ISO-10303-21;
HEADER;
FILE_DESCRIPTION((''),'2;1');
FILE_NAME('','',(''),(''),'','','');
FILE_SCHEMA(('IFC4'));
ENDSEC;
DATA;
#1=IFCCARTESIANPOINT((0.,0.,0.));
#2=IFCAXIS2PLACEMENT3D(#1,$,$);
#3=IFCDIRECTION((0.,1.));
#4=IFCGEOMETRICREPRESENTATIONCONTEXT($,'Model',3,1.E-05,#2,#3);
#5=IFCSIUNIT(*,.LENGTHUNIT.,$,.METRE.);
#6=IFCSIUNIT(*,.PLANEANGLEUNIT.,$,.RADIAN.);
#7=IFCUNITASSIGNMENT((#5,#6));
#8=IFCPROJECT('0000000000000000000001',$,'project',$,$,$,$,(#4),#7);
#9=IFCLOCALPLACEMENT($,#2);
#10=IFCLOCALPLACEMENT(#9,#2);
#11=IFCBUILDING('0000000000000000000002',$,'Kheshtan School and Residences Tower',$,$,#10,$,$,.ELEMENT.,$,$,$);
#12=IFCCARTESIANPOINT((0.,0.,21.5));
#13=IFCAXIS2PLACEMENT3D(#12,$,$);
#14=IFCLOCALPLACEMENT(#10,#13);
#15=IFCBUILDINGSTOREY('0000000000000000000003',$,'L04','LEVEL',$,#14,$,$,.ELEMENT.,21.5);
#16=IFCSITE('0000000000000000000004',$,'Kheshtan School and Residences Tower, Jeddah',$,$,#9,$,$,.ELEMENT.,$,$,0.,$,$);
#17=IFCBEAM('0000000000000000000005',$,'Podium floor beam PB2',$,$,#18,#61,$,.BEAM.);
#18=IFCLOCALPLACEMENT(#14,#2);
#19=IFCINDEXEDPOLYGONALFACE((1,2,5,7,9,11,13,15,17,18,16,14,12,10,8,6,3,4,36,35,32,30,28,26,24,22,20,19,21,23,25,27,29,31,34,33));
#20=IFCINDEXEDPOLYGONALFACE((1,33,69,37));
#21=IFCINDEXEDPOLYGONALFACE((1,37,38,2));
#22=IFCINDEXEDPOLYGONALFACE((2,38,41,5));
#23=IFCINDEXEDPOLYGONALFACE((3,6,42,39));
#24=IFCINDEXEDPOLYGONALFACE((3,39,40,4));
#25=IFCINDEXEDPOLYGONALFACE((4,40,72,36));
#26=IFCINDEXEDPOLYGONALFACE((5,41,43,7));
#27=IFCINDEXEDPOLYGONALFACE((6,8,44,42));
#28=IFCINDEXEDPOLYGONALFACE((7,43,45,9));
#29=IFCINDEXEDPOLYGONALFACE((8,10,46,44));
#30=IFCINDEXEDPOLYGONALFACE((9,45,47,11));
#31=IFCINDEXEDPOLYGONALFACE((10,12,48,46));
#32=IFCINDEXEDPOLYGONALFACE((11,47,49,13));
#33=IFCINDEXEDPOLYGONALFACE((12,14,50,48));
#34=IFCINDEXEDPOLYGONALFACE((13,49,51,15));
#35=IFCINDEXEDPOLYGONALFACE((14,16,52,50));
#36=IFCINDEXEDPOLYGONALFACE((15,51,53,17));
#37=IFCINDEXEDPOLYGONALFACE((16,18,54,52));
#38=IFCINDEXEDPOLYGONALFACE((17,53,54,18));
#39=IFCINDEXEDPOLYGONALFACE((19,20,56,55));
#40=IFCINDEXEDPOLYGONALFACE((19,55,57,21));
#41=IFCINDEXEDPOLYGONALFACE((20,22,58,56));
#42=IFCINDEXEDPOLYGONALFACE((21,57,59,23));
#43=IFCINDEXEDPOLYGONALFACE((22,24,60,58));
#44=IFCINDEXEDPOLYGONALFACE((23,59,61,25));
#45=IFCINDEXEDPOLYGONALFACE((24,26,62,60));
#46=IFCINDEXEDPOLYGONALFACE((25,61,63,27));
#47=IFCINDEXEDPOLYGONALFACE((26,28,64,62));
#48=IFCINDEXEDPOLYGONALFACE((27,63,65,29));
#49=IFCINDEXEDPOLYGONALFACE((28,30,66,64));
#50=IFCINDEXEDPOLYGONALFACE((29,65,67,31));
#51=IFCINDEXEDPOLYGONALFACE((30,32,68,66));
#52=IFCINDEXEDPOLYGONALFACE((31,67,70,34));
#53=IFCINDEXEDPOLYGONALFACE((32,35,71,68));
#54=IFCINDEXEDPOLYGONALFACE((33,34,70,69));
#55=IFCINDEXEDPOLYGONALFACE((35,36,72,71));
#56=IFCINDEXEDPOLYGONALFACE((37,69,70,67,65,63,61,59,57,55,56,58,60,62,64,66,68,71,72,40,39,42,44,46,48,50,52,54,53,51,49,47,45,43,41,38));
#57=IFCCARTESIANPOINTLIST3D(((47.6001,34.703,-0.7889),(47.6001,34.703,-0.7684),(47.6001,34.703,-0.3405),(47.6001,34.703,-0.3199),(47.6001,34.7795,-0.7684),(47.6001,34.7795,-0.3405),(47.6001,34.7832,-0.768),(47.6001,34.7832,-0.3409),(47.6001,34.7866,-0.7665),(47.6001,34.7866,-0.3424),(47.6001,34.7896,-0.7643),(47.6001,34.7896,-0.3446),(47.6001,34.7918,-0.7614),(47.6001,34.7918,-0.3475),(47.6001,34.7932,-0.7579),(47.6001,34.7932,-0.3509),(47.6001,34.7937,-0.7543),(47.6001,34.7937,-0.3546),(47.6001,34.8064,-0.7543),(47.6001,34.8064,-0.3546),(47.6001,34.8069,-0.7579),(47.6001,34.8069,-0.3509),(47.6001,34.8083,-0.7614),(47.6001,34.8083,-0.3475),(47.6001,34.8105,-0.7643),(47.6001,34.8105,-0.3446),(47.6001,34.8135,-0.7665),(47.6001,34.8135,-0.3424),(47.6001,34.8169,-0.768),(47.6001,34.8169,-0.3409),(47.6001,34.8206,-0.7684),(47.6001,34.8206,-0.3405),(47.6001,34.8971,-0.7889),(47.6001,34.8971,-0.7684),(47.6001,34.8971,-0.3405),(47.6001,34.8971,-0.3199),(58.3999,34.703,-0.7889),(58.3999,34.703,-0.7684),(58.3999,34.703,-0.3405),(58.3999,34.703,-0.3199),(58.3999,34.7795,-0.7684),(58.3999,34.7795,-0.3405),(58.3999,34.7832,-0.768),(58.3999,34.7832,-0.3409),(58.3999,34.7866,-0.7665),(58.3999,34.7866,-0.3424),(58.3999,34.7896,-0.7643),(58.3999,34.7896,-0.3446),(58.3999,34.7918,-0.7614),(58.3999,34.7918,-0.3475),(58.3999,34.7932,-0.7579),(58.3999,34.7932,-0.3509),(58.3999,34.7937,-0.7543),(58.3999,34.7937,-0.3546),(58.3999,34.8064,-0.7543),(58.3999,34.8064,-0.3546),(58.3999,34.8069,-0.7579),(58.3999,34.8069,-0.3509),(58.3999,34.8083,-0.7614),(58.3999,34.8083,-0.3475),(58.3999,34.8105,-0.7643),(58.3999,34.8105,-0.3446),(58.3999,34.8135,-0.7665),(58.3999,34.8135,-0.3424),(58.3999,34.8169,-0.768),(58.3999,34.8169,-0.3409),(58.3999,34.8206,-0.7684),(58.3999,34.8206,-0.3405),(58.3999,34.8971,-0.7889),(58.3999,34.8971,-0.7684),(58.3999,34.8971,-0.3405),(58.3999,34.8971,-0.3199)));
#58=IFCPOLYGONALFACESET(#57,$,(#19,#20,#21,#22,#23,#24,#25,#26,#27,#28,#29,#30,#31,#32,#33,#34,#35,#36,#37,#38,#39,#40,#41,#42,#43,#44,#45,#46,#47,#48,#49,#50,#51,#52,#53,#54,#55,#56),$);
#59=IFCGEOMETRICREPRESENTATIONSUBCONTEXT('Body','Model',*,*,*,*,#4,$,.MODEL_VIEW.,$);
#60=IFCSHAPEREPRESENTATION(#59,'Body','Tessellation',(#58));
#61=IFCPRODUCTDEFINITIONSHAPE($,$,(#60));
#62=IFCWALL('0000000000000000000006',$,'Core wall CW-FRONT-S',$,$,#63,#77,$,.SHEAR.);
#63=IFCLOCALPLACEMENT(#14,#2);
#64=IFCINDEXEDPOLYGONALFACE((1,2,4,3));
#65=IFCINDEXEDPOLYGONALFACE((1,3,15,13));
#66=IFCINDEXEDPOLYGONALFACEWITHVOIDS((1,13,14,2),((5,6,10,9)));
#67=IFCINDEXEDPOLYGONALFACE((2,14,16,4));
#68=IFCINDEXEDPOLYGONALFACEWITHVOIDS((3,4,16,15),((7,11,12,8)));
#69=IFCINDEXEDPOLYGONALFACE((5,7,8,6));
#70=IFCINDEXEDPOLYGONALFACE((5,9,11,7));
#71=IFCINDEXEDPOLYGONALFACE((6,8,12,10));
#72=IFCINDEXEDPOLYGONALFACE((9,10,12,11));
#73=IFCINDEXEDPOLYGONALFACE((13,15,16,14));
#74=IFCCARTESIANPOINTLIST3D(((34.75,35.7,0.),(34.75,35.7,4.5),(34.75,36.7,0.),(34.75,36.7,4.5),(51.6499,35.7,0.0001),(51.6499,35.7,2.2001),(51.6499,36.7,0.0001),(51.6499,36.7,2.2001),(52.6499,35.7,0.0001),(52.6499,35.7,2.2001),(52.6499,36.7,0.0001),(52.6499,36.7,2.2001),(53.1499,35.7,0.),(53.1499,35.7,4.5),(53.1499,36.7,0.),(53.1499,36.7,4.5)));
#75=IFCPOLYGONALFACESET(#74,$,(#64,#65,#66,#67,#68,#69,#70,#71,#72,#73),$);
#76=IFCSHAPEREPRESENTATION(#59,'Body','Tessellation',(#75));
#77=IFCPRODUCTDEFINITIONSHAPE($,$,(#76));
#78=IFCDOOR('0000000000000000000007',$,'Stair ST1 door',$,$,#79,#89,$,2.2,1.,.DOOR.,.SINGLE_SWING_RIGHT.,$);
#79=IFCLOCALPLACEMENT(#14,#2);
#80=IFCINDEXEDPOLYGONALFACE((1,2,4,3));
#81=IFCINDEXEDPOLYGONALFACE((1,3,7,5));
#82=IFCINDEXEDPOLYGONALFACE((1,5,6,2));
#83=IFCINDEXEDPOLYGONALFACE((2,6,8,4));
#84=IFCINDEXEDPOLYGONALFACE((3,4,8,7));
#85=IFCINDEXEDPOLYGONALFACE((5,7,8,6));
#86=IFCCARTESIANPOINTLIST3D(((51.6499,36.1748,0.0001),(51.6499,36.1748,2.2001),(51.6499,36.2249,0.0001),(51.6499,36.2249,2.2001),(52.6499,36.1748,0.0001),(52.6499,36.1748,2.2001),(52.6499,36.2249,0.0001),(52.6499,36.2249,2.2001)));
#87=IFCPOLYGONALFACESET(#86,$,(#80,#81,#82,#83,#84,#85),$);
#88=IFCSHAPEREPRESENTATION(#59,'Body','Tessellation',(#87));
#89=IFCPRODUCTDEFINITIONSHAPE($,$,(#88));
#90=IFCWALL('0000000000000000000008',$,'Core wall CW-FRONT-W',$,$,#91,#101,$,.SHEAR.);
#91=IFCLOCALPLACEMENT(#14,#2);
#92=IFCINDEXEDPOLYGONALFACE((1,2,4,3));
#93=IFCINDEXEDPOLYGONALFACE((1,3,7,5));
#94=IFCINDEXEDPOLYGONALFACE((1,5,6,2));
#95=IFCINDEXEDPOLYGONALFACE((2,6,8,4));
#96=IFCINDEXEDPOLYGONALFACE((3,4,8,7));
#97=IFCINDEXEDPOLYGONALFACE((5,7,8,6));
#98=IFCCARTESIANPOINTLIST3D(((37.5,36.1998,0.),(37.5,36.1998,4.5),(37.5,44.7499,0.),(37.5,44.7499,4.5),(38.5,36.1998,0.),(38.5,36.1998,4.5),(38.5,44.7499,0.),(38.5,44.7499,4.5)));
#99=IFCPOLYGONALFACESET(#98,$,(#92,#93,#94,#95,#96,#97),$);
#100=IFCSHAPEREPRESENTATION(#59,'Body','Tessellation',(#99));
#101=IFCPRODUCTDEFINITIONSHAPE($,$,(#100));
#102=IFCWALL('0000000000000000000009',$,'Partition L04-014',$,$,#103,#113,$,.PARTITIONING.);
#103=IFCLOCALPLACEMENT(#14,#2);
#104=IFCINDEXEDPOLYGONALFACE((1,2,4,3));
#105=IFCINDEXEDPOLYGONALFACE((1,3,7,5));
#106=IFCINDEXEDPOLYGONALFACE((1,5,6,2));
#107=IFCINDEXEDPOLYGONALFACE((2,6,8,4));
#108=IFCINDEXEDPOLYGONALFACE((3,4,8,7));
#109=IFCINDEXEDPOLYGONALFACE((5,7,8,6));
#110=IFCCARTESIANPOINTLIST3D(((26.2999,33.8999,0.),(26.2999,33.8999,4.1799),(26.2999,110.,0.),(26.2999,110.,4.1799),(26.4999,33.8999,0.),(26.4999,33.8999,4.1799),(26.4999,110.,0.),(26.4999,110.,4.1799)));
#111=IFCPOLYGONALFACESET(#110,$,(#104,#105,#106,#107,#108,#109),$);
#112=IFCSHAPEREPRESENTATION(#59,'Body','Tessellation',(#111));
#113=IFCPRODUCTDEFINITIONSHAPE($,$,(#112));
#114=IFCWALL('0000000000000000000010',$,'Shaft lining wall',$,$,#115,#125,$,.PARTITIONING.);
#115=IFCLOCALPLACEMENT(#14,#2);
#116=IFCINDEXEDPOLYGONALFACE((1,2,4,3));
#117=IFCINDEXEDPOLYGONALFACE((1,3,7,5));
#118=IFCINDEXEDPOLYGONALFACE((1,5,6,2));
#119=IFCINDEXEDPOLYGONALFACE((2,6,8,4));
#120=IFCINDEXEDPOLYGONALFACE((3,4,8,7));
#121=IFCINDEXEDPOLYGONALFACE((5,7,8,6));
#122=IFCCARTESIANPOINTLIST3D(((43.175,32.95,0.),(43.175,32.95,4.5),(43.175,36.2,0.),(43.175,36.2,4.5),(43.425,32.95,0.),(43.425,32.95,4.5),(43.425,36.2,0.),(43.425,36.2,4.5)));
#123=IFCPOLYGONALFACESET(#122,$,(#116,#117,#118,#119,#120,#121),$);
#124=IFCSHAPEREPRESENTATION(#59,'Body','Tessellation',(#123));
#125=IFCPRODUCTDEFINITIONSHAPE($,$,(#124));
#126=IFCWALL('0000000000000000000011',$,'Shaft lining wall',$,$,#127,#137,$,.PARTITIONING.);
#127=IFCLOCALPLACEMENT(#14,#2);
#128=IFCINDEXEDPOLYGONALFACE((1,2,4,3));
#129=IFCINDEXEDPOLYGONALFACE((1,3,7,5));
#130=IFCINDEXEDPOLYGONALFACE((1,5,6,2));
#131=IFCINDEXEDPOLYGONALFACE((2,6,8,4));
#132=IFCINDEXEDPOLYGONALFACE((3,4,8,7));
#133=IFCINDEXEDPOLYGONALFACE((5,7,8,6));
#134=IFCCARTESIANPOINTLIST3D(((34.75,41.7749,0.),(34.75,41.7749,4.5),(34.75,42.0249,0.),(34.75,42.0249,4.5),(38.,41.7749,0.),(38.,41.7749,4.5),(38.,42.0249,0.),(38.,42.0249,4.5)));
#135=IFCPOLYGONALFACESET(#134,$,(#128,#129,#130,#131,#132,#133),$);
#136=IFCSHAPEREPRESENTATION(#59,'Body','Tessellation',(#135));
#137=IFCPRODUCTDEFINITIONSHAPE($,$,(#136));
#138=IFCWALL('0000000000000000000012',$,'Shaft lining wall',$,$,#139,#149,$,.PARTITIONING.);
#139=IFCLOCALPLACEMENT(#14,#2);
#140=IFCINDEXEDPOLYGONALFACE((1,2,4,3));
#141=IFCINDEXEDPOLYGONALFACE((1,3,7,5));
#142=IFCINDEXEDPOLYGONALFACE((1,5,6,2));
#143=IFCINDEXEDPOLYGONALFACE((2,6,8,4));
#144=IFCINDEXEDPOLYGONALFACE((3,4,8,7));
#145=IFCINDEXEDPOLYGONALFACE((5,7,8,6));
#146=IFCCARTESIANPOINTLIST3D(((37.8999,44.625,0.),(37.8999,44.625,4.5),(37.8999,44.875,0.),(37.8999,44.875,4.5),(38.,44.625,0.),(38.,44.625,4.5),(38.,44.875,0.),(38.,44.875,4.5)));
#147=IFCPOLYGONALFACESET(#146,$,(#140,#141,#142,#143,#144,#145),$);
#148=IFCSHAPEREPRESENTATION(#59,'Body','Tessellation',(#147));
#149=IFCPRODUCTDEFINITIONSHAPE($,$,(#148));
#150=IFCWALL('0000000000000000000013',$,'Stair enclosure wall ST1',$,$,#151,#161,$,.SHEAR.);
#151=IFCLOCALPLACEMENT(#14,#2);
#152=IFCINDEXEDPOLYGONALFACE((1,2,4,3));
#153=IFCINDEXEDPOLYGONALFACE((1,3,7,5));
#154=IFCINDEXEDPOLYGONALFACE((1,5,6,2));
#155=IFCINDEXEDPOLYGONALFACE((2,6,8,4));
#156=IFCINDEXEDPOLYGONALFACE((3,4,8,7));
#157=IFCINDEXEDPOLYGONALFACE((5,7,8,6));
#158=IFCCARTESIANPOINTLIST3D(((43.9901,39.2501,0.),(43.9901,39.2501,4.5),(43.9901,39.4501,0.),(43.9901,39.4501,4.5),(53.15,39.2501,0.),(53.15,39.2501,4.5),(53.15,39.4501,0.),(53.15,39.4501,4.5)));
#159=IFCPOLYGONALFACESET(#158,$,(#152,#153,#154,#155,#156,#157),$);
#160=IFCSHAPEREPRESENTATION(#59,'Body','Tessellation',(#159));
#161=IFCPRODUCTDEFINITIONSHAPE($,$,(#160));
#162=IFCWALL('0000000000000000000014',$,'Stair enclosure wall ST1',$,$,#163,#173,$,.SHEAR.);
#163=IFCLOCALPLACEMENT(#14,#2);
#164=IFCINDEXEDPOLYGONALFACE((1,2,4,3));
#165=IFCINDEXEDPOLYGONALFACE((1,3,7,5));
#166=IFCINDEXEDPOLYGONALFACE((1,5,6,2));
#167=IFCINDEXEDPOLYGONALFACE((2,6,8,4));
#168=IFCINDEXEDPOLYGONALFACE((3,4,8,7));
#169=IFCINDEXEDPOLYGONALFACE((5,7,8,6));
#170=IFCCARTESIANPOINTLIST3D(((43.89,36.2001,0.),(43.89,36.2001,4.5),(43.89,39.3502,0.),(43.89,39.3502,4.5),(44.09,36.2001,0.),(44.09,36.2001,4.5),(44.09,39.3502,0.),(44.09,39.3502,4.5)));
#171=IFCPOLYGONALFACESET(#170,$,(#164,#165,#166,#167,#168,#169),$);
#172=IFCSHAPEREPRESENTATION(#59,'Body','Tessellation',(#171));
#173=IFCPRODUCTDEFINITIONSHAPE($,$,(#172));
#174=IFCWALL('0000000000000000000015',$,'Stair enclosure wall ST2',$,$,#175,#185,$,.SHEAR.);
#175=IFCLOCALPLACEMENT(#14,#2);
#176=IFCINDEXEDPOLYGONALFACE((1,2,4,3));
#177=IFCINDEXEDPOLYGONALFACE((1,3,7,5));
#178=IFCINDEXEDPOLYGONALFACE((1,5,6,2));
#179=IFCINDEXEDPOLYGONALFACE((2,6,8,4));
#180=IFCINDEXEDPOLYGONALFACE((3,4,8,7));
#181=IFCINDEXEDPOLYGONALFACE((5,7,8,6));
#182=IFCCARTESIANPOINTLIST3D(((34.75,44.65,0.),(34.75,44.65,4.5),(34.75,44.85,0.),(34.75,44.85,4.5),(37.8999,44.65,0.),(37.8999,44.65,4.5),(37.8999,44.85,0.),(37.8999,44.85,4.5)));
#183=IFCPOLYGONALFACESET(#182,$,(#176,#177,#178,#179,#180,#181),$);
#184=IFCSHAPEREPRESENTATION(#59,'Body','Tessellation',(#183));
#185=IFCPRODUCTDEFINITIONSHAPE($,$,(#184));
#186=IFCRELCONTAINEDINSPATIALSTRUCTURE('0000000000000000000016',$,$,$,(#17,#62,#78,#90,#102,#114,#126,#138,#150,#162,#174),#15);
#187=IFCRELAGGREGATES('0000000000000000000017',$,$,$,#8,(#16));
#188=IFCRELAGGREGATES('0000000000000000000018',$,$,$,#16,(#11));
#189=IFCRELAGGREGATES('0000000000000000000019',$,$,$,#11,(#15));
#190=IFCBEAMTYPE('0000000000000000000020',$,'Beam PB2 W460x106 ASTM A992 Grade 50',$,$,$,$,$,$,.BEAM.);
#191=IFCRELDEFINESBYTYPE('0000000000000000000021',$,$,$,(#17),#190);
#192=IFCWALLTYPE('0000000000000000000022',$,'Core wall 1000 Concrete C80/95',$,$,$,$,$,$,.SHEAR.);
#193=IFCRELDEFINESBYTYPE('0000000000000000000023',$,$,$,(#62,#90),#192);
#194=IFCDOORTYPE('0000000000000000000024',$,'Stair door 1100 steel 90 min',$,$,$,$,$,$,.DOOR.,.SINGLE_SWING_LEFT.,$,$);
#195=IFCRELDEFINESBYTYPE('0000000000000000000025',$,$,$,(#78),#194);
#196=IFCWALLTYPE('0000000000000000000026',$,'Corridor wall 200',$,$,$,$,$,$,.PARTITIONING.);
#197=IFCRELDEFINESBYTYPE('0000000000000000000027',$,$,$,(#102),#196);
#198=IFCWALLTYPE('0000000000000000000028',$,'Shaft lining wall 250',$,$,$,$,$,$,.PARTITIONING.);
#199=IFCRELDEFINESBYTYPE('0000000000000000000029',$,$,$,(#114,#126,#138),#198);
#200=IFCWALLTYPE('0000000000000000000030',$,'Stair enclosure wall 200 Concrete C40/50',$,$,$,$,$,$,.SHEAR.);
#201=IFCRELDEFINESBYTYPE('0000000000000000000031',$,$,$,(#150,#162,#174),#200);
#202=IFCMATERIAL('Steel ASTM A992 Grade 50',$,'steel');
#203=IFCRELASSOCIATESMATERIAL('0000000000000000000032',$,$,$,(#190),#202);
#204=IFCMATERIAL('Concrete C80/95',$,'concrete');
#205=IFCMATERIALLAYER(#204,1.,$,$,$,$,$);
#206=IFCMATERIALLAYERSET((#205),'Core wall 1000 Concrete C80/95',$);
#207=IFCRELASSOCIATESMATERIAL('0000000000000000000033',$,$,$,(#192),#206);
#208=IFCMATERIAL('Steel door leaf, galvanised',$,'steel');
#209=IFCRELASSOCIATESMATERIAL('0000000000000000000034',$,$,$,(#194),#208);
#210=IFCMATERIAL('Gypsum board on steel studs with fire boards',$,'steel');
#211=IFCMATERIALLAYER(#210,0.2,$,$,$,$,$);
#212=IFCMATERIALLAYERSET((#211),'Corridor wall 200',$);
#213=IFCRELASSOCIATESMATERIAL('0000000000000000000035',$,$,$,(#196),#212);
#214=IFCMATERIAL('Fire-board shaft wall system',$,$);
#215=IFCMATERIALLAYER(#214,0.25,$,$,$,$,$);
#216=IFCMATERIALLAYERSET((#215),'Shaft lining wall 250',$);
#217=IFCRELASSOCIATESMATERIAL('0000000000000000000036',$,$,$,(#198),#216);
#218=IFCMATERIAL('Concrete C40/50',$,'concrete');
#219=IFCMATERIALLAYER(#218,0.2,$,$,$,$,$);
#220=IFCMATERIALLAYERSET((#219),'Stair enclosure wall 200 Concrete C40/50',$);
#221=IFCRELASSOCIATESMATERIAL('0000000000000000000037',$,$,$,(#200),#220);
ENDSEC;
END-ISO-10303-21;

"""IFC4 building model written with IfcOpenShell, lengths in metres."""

from ifc_helpers import new_model, si_unit, direction, frame, frame_2d, origin, origin_2d, place, context, subcontext, project, spatial, rectangle, i_section, extrude, source, transform, mapped, material, layer, layer_set, material_profile, profile_set, type_object, element, fill, save


model = new_model("IFC4")

# Units and contexts
model_context = context("Model", 3, precision=1e-05, world=origin(), true_north=direction((0.0, 1.0)))
body_context = subcontext(model_context, "Body", "Model", "MODEL_VIEW")
ifc_project = project(units=[si_unit("LENGTHUNIT", "METRE"), si_unit("PLANEANGLEUNIT", "RADIAN")], contexts=[model_context])

# Site, building, storey
site_placement = place(None, origin())
site = spatial("IfcSite", under=ifc_project, at=site_placement, Name="Kheshtan School and Residences Tower, Jeddah", CompositionType="ELEMENT", RefElevation=0.0)
building_placement = place(site_placement, origin())
building = spatial("IfcBuilding", under=site, at=building_placement, Name="Kheshtan School and Residences Tower", CompositionType="ELEMENT")
storey_placement = place(building_placement, frame((0.0, 0.0, 21.5)))
storey = spatial("IfcBuildingStorey", under=building, at=storey_placement, Name="L04", Description="LEVEL", CompositionType="ELEMENT", Elevation=21.5)

# Shared definitions
ifc_material_1 = material(Name="Steel ASTM A992 Grade 50", Category="steel")

# Beam
ifc_material_profile_1 = material_profile(ifc_material_1, i_section(OverallWidth=0.1941, OverallDepth=0.469, WebThickness=0.0127, FlangeThickness=0.0205, FilletRadius=0.0142, at=origin_2d()), Name="W460x106")
ifc_profile_set_1 = profile_set([ifc_material_profile_1], Name="Steel ASTM A992 Grade 50")
beam_type = type_object("IfcBeamType", Name="Beam PB2 W460x106 ASTM A992 Grade 50", PredefinedType="BEAM", material=ifc_profile_set_1)
beam_1_placement = place(storey_placement, frame((47.6001, 34.8, -0.5544), z_axis=(1.0, 0.0, 0.0), x_axis=(0.0, 1.0, 0.0)))
element("IfcBeam", 1, at=beam_1_placement, inside=storey, type_object=beam_type, Name="Podium floor beam PB2", PredefinedType="BEAM", context=body_context, shape_type="SweptSolid", body=[
    extrude(i_section(OverallWidth=0.1941, OverallDepth=0.469, WebThickness=0.0127, FlangeThickness=0.0205, FilletRadius=0.0142, at=origin_2d()), origin(), (0.0, 0.0, 1.0), 10.7998),
])

# Wall, opening, door
ifc_material_2 = material(Name="Concrete C80/95", Category="concrete")
ifc_layer_1 = layer(ifc_material_2, 1.0)
ifc_layer_set_1 = layer_set([ifc_layer_1], Name="Core wall 1000 Concrete C80/95")
wall_type_1 = type_object("IfcWallType", Name="Core wall 1000 Concrete C80/95", PredefinedType="SHEAR", material=ifc_layer_set_1)
wall_1_placement = place(storey_placement, frame((34.75, 36.2, 0.0), z_axis=(0.0, 0.0, 1.0), x_axis=(1.0, 0.0, 0.0)))
wall_1 = element("IfcWall", 2, at=wall_1_placement, inside=storey, type_object=wall_type_1, Name="Core wall CW-FRONT-S", PredefinedType="SHEAR", context=body_context, shape_type="SweptSolid", body=[
    extrude(rectangle(XDim=18.3999, YDim=1.0, at=frame_2d((9.2, 0.0))), origin(), (0.0, 0.0, 1.0), 4.5),
])
opening_placement = place(wall_1_placement, frame((16.8999, 0.0, 0.0)))
opening = element("IfcOpeningElement", 3, at=opening_placement, cuts=wall_1, PredefinedType="OPENING", context=body_context, shape_type="SweptSolid", body=[
    extrude(rectangle(XDim=1.0, YDim=2.2, at=frame_2d((0.5, 1.1001))), frame((0.0, 0.51, 0.0), z_axis=(0.0, -1.0, 0.0), x_axis=(1.0, 0.0, 0.0)), (0.0, 0.0, 1.0), 1.02),
])
ifc_material_3 = material(Name="Steel door leaf, galvanised", Category="steel")
door_type = type_object("IfcDoorType", Name="Stair door 1100 steel 90 min", OperationType="SINGLE_SWING_LEFT", PredefinedType="DOOR", material=ifc_material_3)
shared_shape = source(origin(), body_context, "Body", "SweptSolid", [
    extrude(rectangle(XDim=1.0, YDim=2.2, at=frame_2d((0.5, 1.1001))), frame((0.0, 0.0249, 0.0), z_axis=(0.0, -1.0, 0.0), x_axis=(1.0, 0.0, 0.0)), (0.0, 0.0, 1.0), 0.05),
])
door_placement = place(opening_placement, origin())
door = element("IfcDoor", 4, at=door_placement, inside=storey, type_object=door_type, Name="Stair ST1 door", OperationType="SINGLE_SWING_RIGHT", OverallHeight=2.2, OverallWidth=1.0, PredefinedType="DOOR", context=body_context, shape_type="MappedRepresentation", body=[
    mapped(shared_shape, transform((0.0, 0.0, 0.0), x_axis=(1.0, 0.0, 0.0), y_axis=(0.0, 1.0, 0.0), z_axis=(0.0, 0.0, 1.0), scale=1.0)),
])
fill(opening, door)

# Walls
wall_2_placement = place(storey_placement, frame((38.0, 36.2, 0.0), z_axis=(0.0, 0.0, 1.0), x_axis=(0.0, 1.0, 0.0)))
element("IfcWall", 5, at=wall_2_placement, inside=storey, type_object=wall_type_1, Name="Core wall CW-FRONT-W", PredefinedType="SHEAR", context=body_context, shape_type="SweptSolid", body=[
    extrude(rectangle(XDim=8.55, YDim=1.0, at=frame_2d((4.2749, 0.0))), origin(), (0.0, 0.0, 1.0), 4.5),
])
ifc_material_4 = material(Name="Gypsum board on steel studs with fire boards", Category="steel")
ifc_layer_2 = layer(ifc_material_4, 0.2)
ifc_layer_set_2 = layer_set([ifc_layer_2], Name="Corridor wall 200")
wall_type_2 = type_object("IfcWallType", Name="Corridor wall 200", PredefinedType="PARTITIONING", material=ifc_layer_set_2)
wall_3_placement = place(storey_placement, frame((26.3999, 33.8999, 0.0), z_axis=(0.0, 0.0, 1.0), x_axis=(0.0, 1.0, 0.0)))
element("IfcWall", 6, at=wall_3_placement, inside=storey, type_object=wall_type_2, Name="Partition L04-014", PredefinedType="PARTITIONING", context=body_context, shape_type="SweptSolid", body=[
    extrude(rectangle(XDim=76.1001, YDim=0.2, at=frame_2d((38.05, 0.0))), origin(), (0.0, 0.0, 1.0), 4.1799),
])
ifc_material_5 = material(Name="Fire-board shaft wall system")
ifc_layer_3 = layer(ifc_material_5, 0.25)
ifc_layer_set_3 = layer_set([ifc_layer_3], Name="Shaft lining wall 250")
wall_type_3 = type_object("IfcWallType", Name="Shaft lining wall 250", PredefinedType="PARTITIONING", material=ifc_layer_set_3)
for number, where, z_axis, x_axis, name in (
    (7, (43.3, 32.95, 0.0), (0.0, 0.0, 1.0), (0.0, 1.0, 0.0), "Shaft lining wall"),
    (8, (34.75, 41.8999, 0.0), (0.0, 0.0, 1.0), (1.0, 0.0, 0.0), "Shaft lining wall"),
):
    element("IfcWall", number, at=place(storey_placement, frame(where, z_axis=z_axis, x_axis=x_axis)), inside=storey, type_object=wall_type_3, Name=name, PredefinedType="PARTITIONING", context=body_context, shape_type="SweptSolid", body=[
        extrude(rectangle(XDim=3.25, YDim=0.25, at=frame_2d((1.625, 0.0))), origin(), (0.0, 0.0, 1.0), 4.5),
    ])
wall_4_placement = place(storey_placement, frame((37.8999, 44.75, 0.0), z_axis=(0.0, 0.0, 1.0), x_axis=(1.0, 0.0, 0.0)))
element("IfcWall", 9, at=wall_4_placement, inside=storey, type_object=wall_type_3, Name="Shaft lining wall", PredefinedType="PARTITIONING", context=body_context, shape_type="SweptSolid", body=[
    extrude(rectangle(XDim=0.1001, YDim=0.25, at=frame_2d((0.05, 0.0))), origin(), (0.0, 0.0, 1.0), 4.5),
])
ifc_material_6 = material(Name="Concrete C40/50", Category="concrete")
ifc_layer_4 = layer(ifc_material_6, 0.2)
ifc_layer_set_4 = layer_set([ifc_layer_4], Name="Stair enclosure wall 200 Concrete C40/50")
wall_type_4 = type_object("IfcWallType", Name="Stair enclosure wall 200 Concrete C40/50", PredefinedType="SHEAR", material=ifc_layer_set_4)
wall_5_placement = place(storey_placement, frame((43.99, 39.3501, 0.0), z_axis=(0.0, 0.0, 1.0), x_axis=(1.0, 0.0, 0.0)))
element("IfcWall", 10, at=wall_5_placement, inside=storey, type_object=wall_type_4, Name="Stair enclosure wall ST1", PredefinedType="SHEAR", context=body_context, shape_type="SweptSolid", body=[
    extrude(rectangle(XDim=9.1599, YDim=0.2, at=frame_2d((4.5801, 0.0))), origin(), (0.0, 0.0, 1.0), 4.5),
])
wall_6_placement = place(storey_placement, frame((43.99, 36.2, 0.0), z_axis=(0.0, 0.0, 1.0), x_axis=(0.0, 1.0, 0.0)))
element("IfcWall", 11, at=wall_6_placement, inside=storey, type_object=wall_type_4, Name="Stair enclosure wall ST1", PredefinedType="SHEAR", context=body_context, shape_type="SweptSolid", body=[
    extrude(rectangle(XDim=3.1501, YDim=0.2, at=frame_2d((1.5752, 0.0))), origin(), (0.0, 0.0, 1.0), 4.5),
])
wall_7_placement = place(storey_placement, frame((34.75, 44.75, 0.0), z_axis=(0.0, 0.0, 1.0), x_axis=(1.0, 0.0, 0.0)))
element("IfcWall", 12, at=wall_7_placement, inside=storey, type_object=wall_type_4, Name="Stair enclosure wall ST2", PredefinedType="SHEAR", context=body_context, shape_type="SweptSolid", body=[
    extrude(rectangle(XDim=3.1499, YDim=0.2, at=frame_2d((1.575, 0.0))), origin(), (0.0, 0.0, 1.0), 4.5),
])

save(model, "model.ifc")
